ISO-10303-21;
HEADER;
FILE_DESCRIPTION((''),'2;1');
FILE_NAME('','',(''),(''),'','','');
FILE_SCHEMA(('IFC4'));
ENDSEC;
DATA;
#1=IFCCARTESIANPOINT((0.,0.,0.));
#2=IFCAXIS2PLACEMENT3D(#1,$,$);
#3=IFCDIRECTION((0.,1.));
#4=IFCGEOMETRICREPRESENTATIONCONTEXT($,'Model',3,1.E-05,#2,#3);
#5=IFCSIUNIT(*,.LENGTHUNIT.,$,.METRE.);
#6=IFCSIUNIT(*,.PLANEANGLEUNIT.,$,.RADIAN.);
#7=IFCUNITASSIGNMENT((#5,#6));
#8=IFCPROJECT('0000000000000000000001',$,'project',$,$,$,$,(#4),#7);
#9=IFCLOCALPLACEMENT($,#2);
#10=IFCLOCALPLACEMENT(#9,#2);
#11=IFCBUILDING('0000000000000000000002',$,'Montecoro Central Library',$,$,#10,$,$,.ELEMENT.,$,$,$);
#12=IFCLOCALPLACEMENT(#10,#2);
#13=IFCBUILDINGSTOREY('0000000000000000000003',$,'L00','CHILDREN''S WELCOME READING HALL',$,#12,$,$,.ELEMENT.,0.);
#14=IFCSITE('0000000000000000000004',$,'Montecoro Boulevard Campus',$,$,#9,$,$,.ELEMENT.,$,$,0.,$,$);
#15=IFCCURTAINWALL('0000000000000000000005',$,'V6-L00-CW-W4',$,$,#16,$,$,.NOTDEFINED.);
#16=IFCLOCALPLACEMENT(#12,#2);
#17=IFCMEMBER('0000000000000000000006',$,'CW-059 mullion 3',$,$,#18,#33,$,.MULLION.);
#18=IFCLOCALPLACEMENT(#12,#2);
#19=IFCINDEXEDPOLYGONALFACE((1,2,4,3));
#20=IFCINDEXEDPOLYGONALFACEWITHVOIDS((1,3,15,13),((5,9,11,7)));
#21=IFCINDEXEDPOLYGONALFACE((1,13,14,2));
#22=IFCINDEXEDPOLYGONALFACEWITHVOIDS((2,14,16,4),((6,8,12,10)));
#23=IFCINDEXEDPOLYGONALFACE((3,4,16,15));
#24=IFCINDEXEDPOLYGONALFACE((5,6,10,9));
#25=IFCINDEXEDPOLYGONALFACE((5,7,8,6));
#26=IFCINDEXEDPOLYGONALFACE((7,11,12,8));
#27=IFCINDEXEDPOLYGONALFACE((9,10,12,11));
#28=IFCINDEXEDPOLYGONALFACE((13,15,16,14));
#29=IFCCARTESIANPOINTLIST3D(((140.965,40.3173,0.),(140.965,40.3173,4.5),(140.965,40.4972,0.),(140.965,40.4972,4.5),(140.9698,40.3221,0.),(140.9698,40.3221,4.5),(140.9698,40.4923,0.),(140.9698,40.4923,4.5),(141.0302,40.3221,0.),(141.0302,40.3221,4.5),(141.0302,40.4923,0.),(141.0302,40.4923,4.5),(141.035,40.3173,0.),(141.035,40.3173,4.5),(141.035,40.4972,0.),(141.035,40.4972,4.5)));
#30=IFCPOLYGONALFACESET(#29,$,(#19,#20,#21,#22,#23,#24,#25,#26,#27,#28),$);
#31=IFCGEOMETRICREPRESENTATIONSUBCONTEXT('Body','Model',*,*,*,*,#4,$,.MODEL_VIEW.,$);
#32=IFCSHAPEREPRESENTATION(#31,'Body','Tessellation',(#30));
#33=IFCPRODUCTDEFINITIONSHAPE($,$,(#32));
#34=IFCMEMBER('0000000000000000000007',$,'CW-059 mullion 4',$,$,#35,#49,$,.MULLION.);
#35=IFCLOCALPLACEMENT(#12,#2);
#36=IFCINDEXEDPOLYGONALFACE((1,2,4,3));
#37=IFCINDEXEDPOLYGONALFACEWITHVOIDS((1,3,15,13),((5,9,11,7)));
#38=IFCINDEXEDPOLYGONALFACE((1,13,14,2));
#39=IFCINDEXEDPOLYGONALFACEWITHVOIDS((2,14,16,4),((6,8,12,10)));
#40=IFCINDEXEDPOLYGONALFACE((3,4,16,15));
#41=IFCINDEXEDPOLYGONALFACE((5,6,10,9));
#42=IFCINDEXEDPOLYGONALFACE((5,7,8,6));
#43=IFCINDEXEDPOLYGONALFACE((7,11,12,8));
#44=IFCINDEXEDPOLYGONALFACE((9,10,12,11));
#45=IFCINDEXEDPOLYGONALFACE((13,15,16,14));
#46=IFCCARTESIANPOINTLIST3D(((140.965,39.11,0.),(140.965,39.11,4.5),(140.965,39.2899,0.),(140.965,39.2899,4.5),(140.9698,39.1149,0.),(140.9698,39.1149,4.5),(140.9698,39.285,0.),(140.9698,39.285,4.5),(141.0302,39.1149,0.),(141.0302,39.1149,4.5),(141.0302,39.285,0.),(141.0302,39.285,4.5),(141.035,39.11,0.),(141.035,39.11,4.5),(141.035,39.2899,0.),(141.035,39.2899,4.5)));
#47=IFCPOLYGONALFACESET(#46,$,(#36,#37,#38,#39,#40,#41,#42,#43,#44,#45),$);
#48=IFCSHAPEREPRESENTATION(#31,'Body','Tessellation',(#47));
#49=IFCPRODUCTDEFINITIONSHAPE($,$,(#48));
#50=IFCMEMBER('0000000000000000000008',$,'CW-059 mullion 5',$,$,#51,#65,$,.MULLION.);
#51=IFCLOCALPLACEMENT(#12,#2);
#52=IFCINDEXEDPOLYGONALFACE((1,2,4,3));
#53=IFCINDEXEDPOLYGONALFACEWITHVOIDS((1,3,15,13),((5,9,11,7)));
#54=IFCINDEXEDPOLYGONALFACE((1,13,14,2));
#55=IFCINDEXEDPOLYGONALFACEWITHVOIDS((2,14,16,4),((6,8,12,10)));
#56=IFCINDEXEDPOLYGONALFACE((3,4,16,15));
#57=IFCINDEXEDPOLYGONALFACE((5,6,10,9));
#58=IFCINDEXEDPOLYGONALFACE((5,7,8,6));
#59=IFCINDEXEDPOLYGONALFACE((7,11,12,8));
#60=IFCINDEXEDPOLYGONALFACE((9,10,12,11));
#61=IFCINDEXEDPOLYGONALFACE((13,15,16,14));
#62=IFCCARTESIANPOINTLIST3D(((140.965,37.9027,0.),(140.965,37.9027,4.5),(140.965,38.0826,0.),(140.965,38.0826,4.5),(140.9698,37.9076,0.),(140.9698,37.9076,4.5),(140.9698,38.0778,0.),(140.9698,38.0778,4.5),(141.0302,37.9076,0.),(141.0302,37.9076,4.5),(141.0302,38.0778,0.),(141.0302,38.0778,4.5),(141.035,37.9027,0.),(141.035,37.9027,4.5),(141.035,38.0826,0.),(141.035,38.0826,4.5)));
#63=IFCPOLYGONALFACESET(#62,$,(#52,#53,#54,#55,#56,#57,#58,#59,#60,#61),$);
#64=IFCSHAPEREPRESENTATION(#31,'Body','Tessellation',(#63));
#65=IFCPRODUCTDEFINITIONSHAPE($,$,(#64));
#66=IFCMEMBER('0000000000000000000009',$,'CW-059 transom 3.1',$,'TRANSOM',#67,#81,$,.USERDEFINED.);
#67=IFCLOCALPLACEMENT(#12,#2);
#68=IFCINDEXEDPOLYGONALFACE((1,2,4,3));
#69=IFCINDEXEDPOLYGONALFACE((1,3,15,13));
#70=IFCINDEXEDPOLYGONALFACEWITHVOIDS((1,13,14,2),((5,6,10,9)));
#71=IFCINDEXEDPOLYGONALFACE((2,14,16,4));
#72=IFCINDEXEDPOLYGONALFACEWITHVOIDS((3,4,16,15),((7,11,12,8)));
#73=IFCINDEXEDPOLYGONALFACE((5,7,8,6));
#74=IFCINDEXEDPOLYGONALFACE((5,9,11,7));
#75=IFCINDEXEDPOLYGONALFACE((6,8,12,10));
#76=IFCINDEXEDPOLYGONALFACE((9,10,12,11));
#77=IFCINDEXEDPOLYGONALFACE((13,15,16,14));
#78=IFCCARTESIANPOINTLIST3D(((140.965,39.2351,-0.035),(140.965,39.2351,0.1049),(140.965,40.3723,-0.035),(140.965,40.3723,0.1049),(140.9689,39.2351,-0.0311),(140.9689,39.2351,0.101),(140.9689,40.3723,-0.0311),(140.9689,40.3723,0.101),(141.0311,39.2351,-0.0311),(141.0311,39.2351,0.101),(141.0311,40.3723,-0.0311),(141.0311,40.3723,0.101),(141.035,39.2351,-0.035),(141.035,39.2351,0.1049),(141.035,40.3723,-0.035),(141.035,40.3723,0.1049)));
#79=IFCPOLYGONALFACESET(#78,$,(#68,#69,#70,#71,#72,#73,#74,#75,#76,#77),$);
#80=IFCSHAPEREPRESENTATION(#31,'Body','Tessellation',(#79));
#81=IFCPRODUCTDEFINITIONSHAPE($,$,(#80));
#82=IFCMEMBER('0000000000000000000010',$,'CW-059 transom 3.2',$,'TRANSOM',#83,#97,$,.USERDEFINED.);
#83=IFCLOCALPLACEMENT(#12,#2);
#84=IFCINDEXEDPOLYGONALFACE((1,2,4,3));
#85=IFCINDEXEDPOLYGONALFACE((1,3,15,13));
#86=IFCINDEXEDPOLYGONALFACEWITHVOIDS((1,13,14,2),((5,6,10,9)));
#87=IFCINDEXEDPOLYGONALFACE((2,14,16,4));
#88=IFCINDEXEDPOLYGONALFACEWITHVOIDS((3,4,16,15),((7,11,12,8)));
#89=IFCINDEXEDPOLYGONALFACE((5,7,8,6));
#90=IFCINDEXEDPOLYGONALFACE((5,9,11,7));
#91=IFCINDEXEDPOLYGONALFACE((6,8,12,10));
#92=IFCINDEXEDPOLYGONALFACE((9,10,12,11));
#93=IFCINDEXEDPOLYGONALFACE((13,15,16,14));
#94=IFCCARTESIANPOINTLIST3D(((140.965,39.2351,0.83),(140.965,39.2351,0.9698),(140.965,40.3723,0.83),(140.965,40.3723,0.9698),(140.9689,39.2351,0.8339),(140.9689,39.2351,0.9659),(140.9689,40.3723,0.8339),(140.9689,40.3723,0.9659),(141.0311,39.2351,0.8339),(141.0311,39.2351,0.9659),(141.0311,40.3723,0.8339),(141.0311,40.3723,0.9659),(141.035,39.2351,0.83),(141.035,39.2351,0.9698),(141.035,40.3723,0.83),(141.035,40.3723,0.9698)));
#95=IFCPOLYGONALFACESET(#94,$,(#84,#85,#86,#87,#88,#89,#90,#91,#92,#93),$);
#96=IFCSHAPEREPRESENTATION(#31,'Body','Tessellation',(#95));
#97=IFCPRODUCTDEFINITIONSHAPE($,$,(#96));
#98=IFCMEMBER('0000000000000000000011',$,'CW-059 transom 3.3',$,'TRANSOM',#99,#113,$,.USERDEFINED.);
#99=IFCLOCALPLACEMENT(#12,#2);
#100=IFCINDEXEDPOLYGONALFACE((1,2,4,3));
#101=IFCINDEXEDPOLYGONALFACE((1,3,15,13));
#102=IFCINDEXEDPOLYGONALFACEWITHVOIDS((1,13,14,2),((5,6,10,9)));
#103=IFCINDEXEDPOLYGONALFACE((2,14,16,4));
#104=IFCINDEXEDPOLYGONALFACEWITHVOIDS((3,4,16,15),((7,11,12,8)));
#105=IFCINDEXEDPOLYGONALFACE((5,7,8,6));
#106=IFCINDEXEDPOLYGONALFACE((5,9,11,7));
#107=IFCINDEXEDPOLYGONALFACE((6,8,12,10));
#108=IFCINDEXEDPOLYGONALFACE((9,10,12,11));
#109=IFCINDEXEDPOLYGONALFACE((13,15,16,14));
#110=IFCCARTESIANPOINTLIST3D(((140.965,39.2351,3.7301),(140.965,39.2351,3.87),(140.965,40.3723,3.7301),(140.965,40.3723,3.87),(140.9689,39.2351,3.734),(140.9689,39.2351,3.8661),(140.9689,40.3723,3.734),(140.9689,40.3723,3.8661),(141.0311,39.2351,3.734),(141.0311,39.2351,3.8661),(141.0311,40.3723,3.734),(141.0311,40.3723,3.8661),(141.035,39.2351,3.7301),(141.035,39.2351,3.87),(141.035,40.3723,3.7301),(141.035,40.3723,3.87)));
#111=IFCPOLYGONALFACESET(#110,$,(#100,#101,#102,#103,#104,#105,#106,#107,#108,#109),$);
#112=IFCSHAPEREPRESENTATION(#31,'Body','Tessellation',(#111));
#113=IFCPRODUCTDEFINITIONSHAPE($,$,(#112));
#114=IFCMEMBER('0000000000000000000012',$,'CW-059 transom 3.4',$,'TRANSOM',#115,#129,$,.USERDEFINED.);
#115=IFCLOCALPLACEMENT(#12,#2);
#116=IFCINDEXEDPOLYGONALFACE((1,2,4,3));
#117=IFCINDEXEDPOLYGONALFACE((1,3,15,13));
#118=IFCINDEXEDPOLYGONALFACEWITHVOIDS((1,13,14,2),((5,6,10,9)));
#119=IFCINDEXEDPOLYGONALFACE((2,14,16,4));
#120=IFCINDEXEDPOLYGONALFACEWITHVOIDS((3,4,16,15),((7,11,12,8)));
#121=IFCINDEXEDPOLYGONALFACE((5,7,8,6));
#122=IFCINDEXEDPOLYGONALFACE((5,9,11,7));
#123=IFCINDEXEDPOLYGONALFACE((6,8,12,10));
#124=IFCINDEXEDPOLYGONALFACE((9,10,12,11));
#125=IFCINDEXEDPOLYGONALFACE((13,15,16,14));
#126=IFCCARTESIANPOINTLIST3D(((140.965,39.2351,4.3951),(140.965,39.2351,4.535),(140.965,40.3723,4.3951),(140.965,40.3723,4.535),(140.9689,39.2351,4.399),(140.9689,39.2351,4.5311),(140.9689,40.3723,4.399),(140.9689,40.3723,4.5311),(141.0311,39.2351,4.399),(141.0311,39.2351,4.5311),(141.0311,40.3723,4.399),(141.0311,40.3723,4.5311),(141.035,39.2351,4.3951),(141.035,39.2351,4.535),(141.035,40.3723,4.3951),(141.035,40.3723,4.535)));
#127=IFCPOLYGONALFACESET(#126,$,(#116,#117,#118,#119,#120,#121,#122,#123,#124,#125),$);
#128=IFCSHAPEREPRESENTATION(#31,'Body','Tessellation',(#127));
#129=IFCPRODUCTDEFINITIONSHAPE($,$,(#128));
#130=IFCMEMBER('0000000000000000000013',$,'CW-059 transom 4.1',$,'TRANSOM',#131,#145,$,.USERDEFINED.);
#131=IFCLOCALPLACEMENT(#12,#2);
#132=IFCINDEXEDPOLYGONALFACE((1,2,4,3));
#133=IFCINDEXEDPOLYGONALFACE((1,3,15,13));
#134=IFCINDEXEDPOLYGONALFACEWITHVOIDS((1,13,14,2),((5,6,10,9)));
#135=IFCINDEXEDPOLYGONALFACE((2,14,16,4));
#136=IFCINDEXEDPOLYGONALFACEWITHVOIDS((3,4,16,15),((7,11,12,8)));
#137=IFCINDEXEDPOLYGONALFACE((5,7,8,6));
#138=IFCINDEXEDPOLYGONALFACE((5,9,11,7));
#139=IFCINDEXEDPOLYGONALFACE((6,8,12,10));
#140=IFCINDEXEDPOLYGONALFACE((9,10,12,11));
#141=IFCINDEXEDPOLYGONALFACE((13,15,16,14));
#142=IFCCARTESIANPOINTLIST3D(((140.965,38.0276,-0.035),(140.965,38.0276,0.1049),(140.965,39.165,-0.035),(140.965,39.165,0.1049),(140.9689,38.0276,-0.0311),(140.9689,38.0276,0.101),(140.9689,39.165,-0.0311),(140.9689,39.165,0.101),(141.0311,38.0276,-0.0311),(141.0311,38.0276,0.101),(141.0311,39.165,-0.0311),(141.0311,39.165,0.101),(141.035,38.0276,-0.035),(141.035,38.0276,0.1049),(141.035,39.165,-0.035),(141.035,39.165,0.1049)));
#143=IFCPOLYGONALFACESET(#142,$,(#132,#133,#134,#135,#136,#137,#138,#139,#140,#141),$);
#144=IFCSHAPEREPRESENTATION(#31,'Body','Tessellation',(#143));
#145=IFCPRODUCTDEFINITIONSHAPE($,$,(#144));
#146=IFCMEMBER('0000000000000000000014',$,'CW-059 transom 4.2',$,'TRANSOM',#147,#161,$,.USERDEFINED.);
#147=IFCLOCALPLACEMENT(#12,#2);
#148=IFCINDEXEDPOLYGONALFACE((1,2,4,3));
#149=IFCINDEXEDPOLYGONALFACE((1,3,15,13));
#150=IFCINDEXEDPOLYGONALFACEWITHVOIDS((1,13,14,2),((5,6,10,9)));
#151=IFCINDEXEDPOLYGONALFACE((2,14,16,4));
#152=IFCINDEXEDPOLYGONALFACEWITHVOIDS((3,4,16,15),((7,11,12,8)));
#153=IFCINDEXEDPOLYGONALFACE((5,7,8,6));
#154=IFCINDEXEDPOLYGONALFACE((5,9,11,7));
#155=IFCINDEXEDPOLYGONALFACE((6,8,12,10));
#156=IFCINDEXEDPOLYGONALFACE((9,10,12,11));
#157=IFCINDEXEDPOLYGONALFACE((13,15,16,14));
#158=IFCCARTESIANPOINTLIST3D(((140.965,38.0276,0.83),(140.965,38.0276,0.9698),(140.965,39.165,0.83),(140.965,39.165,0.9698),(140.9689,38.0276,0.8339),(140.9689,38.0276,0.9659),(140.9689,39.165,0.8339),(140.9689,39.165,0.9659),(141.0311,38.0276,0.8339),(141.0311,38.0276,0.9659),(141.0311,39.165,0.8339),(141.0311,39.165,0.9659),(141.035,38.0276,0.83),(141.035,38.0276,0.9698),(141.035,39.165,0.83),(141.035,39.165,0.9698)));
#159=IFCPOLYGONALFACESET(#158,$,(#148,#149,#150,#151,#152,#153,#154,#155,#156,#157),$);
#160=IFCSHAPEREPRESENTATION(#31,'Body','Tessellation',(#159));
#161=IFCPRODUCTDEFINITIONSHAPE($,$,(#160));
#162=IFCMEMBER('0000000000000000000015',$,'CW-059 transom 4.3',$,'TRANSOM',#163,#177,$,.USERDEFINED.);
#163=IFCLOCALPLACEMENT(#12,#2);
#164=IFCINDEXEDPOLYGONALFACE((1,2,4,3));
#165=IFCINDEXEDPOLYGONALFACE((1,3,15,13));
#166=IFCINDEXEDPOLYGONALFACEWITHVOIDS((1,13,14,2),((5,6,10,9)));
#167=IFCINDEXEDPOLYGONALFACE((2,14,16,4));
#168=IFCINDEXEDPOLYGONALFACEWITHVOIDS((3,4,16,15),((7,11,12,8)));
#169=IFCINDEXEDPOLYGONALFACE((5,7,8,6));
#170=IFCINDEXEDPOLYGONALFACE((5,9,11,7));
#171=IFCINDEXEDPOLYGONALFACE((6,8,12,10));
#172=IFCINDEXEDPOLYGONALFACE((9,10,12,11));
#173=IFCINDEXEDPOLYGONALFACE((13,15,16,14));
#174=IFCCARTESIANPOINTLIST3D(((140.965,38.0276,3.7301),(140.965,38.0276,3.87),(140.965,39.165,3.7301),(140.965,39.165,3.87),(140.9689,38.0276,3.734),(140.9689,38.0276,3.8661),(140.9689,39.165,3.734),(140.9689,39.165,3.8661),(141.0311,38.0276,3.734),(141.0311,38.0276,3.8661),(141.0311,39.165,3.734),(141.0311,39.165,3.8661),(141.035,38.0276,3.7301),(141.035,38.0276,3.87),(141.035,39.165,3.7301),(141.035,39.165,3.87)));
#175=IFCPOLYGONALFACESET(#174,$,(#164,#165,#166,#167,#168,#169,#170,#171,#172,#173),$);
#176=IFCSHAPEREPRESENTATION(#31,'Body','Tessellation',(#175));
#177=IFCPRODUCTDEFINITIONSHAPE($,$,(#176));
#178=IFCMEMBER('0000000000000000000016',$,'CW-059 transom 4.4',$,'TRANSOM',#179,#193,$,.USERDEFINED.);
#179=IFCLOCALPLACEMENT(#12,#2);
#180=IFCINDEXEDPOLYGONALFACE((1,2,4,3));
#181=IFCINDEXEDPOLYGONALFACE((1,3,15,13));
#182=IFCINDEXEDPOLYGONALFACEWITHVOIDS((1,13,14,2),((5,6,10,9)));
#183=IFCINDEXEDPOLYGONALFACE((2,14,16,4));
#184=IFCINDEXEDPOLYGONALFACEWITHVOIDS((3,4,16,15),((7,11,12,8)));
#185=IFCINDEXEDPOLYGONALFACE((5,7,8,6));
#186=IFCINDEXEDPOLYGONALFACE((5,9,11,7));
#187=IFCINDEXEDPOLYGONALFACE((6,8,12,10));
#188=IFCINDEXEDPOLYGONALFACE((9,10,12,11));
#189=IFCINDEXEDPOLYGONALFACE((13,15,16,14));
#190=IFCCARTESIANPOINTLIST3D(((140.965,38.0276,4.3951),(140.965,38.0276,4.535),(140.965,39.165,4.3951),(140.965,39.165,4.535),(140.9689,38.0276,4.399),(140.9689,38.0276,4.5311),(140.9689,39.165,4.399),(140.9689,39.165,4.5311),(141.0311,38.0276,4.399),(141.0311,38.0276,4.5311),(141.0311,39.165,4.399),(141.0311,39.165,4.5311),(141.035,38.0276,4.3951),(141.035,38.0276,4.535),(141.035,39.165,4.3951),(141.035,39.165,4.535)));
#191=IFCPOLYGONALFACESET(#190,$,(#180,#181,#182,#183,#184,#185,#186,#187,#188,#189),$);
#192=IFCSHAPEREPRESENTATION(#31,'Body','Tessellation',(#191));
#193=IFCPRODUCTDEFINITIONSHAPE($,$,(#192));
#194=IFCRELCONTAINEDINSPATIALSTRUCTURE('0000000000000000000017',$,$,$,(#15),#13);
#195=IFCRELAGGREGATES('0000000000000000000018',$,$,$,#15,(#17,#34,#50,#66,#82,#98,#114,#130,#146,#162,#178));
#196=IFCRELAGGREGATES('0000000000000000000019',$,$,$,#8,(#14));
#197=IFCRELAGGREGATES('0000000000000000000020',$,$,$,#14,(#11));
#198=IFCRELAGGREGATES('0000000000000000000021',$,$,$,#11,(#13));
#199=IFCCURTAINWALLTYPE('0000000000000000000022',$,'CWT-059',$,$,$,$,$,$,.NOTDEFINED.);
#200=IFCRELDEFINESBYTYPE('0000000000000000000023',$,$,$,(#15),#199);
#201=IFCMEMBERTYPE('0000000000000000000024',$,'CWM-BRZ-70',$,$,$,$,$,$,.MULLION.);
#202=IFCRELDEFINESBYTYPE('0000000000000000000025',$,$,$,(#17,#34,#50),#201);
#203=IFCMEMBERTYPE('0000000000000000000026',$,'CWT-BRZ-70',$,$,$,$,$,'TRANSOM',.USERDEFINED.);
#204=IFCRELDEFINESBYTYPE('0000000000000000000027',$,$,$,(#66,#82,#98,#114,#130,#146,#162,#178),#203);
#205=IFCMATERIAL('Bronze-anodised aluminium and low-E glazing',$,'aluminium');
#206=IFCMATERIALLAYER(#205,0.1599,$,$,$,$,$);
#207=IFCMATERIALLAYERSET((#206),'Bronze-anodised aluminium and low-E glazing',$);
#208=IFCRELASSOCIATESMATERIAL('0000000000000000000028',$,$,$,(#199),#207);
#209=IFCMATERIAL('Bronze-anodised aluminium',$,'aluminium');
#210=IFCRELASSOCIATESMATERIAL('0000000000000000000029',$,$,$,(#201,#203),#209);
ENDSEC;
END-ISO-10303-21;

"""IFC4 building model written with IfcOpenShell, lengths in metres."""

from ifc_helpers import new_model, si_unit, direction, frame, origin, origin_2d, place, context, subcontext, project, spatial, hollow_rectangle, extrude, material, layer, layer_set, material_profile, profile_set, type_object, element, aggregate, save


model = new_model("IFC4")

# Units and contexts
model_context = context("Model", 3, precision=1e-05, world=origin(), true_north=direction((0.0, 1.0)))
body_context = subcontext(model_context, "Body", "Model", "MODEL_VIEW")
ifc_project = project(units=[si_unit("LENGTHUNIT", "METRE"), si_unit("PLANEANGLEUNIT", "RADIAN")], contexts=[model_context])

# Site, building, storey
site_placement = place(None, origin())
site = spatial("IfcSite", under=ifc_project, at=site_placement, Name="Montecoro Boulevard Campus", CompositionType="ELEMENT", RefElevation=0.0)
building_placement = place(site_placement, origin())
building = spatial("IfcBuilding", under=site, at=building_placement, Name="Montecoro Central Library", CompositionType="ELEMENT")
storey_placement = place(building_placement, origin())
storey = spatial("IfcBuildingStorey", under=building, at=storey_placement, Name="L00", Description="CHILDREN'S WELCOME READING HALL", CompositionType="ELEMENT", Elevation=0.0)

# Curtain wall, members
ifc_material_1 = material(Name="Bronze-anodised aluminium and low-E glazing", Category="aluminium")
ifc_layer_1 = layer(ifc_material_1, 0.1599)
ifc_layer_set_1 = layer_set([ifc_layer_1], Name="Bronze-anodised aluminium and low-E glazing")
curtain_wall_type = type_object("IfcCurtainWallType", Name="CWT-059", PredefinedType="NOTDEFINED", material=ifc_layer_set_1)
curtain_wall_placement = place(storey_placement, origin())
curtain_wall = element("IfcCurtainWall", 1, at=curtain_wall_placement, inside=storey, type_object=curtain_wall_type, Name="V6-L00-CW-W4", PredefinedType="NOTDEFINED")
ifc_material_2 = material(Name="Bronze-anodised aluminium", Category="aluminium")
ifc_material_profile_1 = material_profile(ifc_material_2, hollow_rectangle(XDim=0.0701, YDim=0.1799, WallThickness=0.0049, at=origin_2d()), Name="CWM 180x70x5.0")
ifc_profile_set_1 = profile_set([ifc_material_profile_1], Name="Bronze-anodised aluminium")
member_type_1 = type_object("IfcMemberType", Name="CWM-BRZ-70", PredefinedType="MULLION", material=ifc_profile_set_1)
member_1_placement = place(storey_placement, frame((141.0, 40.4072, 0.0), z_axis=(0.0, 0.0, 1.0), x_axis=(1.0, 0.0, 0.0)))
member_1 = element("IfcMember", 2, at=member_1_placement, type_object=member_type_1, Name="CW-059 mullion 3", PredefinedType="MULLION", context=body_context, shape_type="SweptSolid", body=[
    extrude(hollow_rectangle(XDim=0.0701, YDim=0.1799, WallThickness=0.0049, at=origin_2d()), origin(), (0.0, 0.0, 1.0), 4.5),
])
member_2_placement = place(storey_placement, frame((141.0, 39.2, 0.0), z_axis=(0.0, 0.0, 1.0), x_axis=(1.0, 0.0, 0.0)))
member_2 = element("IfcMember", 3, at=member_2_placement, type_object=member_type_1, Name="CW-059 mullion 4", PredefinedType="MULLION", context=body_context, shape_type="SweptSolid", body=[
    extrude(hollow_rectangle(XDim=0.0701, YDim=0.1799, WallThickness=0.0049, at=origin_2d()), origin(), (0.0, 0.0, 1.0), 4.5),
])
member_3_placement = place(storey_placement, frame((141.0, 37.9927, 0.0), z_axis=(0.0, 0.0, 1.0), x_axis=(1.0, 0.0, 0.0)))
member_3 = element("IfcMember", 4, at=member_3_placement, type_object=member_type_1, Name="CW-059 mullion 5", PredefinedType="MULLION", context=body_context, shape_type="SweptSolid", body=[
    extrude(hollow_rectangle(XDim=0.0701, YDim=0.1799, WallThickness=0.0049, at=origin_2d()), origin(), (0.0, 0.0, 1.0), 4.5),
])
ifc_material_profile_2 = material_profile(ifc_material_2, hollow_rectangle(XDim=0.0701, YDim=0.1399, WallThickness=0.0039, at=origin_2d()), Name="CWT 140x70x4.0")
ifc_profile_set_2 = profile_set([ifc_material_profile_2], Name="Bronze-anodised aluminium")
member_type_2 = type_object("IfcMemberType", Name="CWT-BRZ-70", ElementType="TRANSOM", PredefinedType="USERDEFINED", material=ifc_profile_set_2)
member_4_placement = place(storey_placement, frame((141.0, 40.3723, 0.0349), z_axis=(0.0, -1.0, 0.0), x_axis=(1.0, 0.0, 0.0)))
member_4 = element("IfcMember", 5, at=member_4_placement, type_object=member_type_2, Name="CW-059 transom 3.1", ObjectType="TRANSOM", PredefinedType="USERDEFINED", context=body_context, shape_type="SweptSolid", body=[
    extrude(hollow_rectangle(XDim=0.0701, YDim=0.1399, WallThickness=0.0039, at=origin_2d()), origin(), (0.0, 0.0, 1.0), 1.1372),
])
member_5_placement = place(storey_placement, frame((141.0, 40.3723, 0.8999), z_axis=(0.0, -1.0, 0.0), x_axis=(1.0, 0.0, 0.0)))
member_5 = element("IfcMember", 6, at=member_5_placement, type_object=member_type_2, Name="CW-059 transom 3.2", ObjectType="TRANSOM", PredefinedType="USERDEFINED", context=body_context, shape_type="SweptSolid", body=[
    extrude(hollow_rectangle(XDim=0.0701, YDim=0.1399, WallThickness=0.0039, at=origin_2d()), origin(), (0.0, 0.0, 1.0), 1.1372),
])
member_6_placement = place(storey_placement, frame((141.0, 40.3723, 3.8), z_axis=(0.0, -1.0, 0.0), x_axis=(1.0, 0.0, 0.0)))
member_6 = element("IfcMember", 7, at=member_6_placement, type_object=member_type_2, Name="CW-059 transom 3.3", ObjectType="TRANSOM", PredefinedType="USERDEFINED", context=body_context, shape_type="SweptSolid", body=[
    extrude(hollow_rectangle(XDim=0.0701, YDim=0.1399, WallThickness=0.0039, at=origin_2d()), origin(), (0.0, 0.0, 1.0), 1.1372),
])
member_7_placement = place(storey_placement, frame((141.0, 40.3723, 4.4651), z_axis=(0.0, -1.0, 0.0), x_axis=(1.0, 0.0, 0.0)))
member_7 = element("IfcMember", 8, at=member_7_placement, type_object=member_type_2, Name="CW-059 transom 3.4", ObjectType="TRANSOM", PredefinedType="USERDEFINED", context=body_context, shape_type="SweptSolid", body=[
    extrude(hollow_rectangle(XDim=0.0701, YDim=0.1399, WallThickness=0.0039, at=origin_2d()), origin(), (0.0, 0.0, 1.0), 1.1372),
])
member_8_placement = place(storey_placement, frame((141.0, 39.165, 0.0349), z_axis=(0.0, -1.0, 0.0), x_axis=(1.0, 0.0, 0.0)))
member_8 = element("IfcMember", 9, at=member_8_placement, type_object=member_type_2, Name="CW-059 transom 4.1", ObjectType="TRANSOM", PredefinedType="USERDEFINED", context=body_context, shape_type="SweptSolid", body=[
    extrude(hollow_rectangle(XDim=0.0701, YDim=0.1399, WallThickness=0.0039, at=origin_2d()), origin(), (0.0, 0.0, 1.0), 1.1375),
])
member_9_placement = place(storey_placement, frame((141.0, 39.165, 0.8999), z_axis=(0.0, -1.0, 0.0), x_axis=(1.0, 0.0, 0.0)))
member_9 = element("IfcMember", 10, at=member_9_placement, type_object=member_type_2, Name="CW-059 transom 4.2", ObjectType="TRANSOM", PredefinedType="USERDEFINED", context=body_context, shape_type="SweptSolid", body=[
    extrude(hollow_rectangle(XDim=0.0701, YDim=0.1399, WallThickness=0.0039, at=origin_2d()), origin(), (0.0, 0.0, 1.0), 1.1375),
])
member_10_placement = place(storey_placement, frame((141.0, 39.165, 3.8), z_axis=(0.0, -1.0, 0.0), x_axis=(1.0, 0.0, 0.0)))
member_10 = element("IfcMember", 11, at=member_10_placement, type_object=member_type_2, Name="CW-059 transom 4.3", ObjectType="TRANSOM", PredefinedType="USERDEFINED", context=body_context, shape_type="SweptSolid", body=[
    extrude(hollow_rectangle(XDim=0.0701, YDim=0.1399, WallThickness=0.0039, at=origin_2d()), origin(), (0.0, 0.0, 1.0), 1.1375),
])
member_11_placement = place(storey_placement, frame((141.0, 39.165, 4.4651), z_axis=(0.0, -1.0, 0.0), x_axis=(1.0, 0.0, 0.0)))
member_11 = element("IfcMember", 12, at=member_11_placement, type_object=member_type_2, Name="CW-059 transom 4.4", ObjectType="TRANSOM", PredefinedType="USERDEFINED", context=body_context, shape_type="SweptSolid", body=[
    extrude(hollow_rectangle(XDim=0.0701, YDim=0.1399, WallThickness=0.0039, at=origin_2d()), origin(), (0.0, 0.0, 1.0), 1.1375),
])
aggregate(curtain_wall, [member_1, member_2, member_3, member_4, member_5, member_6, member_7, member_8, member_9, member_10, member_11])

save(model, "model.ifc")
